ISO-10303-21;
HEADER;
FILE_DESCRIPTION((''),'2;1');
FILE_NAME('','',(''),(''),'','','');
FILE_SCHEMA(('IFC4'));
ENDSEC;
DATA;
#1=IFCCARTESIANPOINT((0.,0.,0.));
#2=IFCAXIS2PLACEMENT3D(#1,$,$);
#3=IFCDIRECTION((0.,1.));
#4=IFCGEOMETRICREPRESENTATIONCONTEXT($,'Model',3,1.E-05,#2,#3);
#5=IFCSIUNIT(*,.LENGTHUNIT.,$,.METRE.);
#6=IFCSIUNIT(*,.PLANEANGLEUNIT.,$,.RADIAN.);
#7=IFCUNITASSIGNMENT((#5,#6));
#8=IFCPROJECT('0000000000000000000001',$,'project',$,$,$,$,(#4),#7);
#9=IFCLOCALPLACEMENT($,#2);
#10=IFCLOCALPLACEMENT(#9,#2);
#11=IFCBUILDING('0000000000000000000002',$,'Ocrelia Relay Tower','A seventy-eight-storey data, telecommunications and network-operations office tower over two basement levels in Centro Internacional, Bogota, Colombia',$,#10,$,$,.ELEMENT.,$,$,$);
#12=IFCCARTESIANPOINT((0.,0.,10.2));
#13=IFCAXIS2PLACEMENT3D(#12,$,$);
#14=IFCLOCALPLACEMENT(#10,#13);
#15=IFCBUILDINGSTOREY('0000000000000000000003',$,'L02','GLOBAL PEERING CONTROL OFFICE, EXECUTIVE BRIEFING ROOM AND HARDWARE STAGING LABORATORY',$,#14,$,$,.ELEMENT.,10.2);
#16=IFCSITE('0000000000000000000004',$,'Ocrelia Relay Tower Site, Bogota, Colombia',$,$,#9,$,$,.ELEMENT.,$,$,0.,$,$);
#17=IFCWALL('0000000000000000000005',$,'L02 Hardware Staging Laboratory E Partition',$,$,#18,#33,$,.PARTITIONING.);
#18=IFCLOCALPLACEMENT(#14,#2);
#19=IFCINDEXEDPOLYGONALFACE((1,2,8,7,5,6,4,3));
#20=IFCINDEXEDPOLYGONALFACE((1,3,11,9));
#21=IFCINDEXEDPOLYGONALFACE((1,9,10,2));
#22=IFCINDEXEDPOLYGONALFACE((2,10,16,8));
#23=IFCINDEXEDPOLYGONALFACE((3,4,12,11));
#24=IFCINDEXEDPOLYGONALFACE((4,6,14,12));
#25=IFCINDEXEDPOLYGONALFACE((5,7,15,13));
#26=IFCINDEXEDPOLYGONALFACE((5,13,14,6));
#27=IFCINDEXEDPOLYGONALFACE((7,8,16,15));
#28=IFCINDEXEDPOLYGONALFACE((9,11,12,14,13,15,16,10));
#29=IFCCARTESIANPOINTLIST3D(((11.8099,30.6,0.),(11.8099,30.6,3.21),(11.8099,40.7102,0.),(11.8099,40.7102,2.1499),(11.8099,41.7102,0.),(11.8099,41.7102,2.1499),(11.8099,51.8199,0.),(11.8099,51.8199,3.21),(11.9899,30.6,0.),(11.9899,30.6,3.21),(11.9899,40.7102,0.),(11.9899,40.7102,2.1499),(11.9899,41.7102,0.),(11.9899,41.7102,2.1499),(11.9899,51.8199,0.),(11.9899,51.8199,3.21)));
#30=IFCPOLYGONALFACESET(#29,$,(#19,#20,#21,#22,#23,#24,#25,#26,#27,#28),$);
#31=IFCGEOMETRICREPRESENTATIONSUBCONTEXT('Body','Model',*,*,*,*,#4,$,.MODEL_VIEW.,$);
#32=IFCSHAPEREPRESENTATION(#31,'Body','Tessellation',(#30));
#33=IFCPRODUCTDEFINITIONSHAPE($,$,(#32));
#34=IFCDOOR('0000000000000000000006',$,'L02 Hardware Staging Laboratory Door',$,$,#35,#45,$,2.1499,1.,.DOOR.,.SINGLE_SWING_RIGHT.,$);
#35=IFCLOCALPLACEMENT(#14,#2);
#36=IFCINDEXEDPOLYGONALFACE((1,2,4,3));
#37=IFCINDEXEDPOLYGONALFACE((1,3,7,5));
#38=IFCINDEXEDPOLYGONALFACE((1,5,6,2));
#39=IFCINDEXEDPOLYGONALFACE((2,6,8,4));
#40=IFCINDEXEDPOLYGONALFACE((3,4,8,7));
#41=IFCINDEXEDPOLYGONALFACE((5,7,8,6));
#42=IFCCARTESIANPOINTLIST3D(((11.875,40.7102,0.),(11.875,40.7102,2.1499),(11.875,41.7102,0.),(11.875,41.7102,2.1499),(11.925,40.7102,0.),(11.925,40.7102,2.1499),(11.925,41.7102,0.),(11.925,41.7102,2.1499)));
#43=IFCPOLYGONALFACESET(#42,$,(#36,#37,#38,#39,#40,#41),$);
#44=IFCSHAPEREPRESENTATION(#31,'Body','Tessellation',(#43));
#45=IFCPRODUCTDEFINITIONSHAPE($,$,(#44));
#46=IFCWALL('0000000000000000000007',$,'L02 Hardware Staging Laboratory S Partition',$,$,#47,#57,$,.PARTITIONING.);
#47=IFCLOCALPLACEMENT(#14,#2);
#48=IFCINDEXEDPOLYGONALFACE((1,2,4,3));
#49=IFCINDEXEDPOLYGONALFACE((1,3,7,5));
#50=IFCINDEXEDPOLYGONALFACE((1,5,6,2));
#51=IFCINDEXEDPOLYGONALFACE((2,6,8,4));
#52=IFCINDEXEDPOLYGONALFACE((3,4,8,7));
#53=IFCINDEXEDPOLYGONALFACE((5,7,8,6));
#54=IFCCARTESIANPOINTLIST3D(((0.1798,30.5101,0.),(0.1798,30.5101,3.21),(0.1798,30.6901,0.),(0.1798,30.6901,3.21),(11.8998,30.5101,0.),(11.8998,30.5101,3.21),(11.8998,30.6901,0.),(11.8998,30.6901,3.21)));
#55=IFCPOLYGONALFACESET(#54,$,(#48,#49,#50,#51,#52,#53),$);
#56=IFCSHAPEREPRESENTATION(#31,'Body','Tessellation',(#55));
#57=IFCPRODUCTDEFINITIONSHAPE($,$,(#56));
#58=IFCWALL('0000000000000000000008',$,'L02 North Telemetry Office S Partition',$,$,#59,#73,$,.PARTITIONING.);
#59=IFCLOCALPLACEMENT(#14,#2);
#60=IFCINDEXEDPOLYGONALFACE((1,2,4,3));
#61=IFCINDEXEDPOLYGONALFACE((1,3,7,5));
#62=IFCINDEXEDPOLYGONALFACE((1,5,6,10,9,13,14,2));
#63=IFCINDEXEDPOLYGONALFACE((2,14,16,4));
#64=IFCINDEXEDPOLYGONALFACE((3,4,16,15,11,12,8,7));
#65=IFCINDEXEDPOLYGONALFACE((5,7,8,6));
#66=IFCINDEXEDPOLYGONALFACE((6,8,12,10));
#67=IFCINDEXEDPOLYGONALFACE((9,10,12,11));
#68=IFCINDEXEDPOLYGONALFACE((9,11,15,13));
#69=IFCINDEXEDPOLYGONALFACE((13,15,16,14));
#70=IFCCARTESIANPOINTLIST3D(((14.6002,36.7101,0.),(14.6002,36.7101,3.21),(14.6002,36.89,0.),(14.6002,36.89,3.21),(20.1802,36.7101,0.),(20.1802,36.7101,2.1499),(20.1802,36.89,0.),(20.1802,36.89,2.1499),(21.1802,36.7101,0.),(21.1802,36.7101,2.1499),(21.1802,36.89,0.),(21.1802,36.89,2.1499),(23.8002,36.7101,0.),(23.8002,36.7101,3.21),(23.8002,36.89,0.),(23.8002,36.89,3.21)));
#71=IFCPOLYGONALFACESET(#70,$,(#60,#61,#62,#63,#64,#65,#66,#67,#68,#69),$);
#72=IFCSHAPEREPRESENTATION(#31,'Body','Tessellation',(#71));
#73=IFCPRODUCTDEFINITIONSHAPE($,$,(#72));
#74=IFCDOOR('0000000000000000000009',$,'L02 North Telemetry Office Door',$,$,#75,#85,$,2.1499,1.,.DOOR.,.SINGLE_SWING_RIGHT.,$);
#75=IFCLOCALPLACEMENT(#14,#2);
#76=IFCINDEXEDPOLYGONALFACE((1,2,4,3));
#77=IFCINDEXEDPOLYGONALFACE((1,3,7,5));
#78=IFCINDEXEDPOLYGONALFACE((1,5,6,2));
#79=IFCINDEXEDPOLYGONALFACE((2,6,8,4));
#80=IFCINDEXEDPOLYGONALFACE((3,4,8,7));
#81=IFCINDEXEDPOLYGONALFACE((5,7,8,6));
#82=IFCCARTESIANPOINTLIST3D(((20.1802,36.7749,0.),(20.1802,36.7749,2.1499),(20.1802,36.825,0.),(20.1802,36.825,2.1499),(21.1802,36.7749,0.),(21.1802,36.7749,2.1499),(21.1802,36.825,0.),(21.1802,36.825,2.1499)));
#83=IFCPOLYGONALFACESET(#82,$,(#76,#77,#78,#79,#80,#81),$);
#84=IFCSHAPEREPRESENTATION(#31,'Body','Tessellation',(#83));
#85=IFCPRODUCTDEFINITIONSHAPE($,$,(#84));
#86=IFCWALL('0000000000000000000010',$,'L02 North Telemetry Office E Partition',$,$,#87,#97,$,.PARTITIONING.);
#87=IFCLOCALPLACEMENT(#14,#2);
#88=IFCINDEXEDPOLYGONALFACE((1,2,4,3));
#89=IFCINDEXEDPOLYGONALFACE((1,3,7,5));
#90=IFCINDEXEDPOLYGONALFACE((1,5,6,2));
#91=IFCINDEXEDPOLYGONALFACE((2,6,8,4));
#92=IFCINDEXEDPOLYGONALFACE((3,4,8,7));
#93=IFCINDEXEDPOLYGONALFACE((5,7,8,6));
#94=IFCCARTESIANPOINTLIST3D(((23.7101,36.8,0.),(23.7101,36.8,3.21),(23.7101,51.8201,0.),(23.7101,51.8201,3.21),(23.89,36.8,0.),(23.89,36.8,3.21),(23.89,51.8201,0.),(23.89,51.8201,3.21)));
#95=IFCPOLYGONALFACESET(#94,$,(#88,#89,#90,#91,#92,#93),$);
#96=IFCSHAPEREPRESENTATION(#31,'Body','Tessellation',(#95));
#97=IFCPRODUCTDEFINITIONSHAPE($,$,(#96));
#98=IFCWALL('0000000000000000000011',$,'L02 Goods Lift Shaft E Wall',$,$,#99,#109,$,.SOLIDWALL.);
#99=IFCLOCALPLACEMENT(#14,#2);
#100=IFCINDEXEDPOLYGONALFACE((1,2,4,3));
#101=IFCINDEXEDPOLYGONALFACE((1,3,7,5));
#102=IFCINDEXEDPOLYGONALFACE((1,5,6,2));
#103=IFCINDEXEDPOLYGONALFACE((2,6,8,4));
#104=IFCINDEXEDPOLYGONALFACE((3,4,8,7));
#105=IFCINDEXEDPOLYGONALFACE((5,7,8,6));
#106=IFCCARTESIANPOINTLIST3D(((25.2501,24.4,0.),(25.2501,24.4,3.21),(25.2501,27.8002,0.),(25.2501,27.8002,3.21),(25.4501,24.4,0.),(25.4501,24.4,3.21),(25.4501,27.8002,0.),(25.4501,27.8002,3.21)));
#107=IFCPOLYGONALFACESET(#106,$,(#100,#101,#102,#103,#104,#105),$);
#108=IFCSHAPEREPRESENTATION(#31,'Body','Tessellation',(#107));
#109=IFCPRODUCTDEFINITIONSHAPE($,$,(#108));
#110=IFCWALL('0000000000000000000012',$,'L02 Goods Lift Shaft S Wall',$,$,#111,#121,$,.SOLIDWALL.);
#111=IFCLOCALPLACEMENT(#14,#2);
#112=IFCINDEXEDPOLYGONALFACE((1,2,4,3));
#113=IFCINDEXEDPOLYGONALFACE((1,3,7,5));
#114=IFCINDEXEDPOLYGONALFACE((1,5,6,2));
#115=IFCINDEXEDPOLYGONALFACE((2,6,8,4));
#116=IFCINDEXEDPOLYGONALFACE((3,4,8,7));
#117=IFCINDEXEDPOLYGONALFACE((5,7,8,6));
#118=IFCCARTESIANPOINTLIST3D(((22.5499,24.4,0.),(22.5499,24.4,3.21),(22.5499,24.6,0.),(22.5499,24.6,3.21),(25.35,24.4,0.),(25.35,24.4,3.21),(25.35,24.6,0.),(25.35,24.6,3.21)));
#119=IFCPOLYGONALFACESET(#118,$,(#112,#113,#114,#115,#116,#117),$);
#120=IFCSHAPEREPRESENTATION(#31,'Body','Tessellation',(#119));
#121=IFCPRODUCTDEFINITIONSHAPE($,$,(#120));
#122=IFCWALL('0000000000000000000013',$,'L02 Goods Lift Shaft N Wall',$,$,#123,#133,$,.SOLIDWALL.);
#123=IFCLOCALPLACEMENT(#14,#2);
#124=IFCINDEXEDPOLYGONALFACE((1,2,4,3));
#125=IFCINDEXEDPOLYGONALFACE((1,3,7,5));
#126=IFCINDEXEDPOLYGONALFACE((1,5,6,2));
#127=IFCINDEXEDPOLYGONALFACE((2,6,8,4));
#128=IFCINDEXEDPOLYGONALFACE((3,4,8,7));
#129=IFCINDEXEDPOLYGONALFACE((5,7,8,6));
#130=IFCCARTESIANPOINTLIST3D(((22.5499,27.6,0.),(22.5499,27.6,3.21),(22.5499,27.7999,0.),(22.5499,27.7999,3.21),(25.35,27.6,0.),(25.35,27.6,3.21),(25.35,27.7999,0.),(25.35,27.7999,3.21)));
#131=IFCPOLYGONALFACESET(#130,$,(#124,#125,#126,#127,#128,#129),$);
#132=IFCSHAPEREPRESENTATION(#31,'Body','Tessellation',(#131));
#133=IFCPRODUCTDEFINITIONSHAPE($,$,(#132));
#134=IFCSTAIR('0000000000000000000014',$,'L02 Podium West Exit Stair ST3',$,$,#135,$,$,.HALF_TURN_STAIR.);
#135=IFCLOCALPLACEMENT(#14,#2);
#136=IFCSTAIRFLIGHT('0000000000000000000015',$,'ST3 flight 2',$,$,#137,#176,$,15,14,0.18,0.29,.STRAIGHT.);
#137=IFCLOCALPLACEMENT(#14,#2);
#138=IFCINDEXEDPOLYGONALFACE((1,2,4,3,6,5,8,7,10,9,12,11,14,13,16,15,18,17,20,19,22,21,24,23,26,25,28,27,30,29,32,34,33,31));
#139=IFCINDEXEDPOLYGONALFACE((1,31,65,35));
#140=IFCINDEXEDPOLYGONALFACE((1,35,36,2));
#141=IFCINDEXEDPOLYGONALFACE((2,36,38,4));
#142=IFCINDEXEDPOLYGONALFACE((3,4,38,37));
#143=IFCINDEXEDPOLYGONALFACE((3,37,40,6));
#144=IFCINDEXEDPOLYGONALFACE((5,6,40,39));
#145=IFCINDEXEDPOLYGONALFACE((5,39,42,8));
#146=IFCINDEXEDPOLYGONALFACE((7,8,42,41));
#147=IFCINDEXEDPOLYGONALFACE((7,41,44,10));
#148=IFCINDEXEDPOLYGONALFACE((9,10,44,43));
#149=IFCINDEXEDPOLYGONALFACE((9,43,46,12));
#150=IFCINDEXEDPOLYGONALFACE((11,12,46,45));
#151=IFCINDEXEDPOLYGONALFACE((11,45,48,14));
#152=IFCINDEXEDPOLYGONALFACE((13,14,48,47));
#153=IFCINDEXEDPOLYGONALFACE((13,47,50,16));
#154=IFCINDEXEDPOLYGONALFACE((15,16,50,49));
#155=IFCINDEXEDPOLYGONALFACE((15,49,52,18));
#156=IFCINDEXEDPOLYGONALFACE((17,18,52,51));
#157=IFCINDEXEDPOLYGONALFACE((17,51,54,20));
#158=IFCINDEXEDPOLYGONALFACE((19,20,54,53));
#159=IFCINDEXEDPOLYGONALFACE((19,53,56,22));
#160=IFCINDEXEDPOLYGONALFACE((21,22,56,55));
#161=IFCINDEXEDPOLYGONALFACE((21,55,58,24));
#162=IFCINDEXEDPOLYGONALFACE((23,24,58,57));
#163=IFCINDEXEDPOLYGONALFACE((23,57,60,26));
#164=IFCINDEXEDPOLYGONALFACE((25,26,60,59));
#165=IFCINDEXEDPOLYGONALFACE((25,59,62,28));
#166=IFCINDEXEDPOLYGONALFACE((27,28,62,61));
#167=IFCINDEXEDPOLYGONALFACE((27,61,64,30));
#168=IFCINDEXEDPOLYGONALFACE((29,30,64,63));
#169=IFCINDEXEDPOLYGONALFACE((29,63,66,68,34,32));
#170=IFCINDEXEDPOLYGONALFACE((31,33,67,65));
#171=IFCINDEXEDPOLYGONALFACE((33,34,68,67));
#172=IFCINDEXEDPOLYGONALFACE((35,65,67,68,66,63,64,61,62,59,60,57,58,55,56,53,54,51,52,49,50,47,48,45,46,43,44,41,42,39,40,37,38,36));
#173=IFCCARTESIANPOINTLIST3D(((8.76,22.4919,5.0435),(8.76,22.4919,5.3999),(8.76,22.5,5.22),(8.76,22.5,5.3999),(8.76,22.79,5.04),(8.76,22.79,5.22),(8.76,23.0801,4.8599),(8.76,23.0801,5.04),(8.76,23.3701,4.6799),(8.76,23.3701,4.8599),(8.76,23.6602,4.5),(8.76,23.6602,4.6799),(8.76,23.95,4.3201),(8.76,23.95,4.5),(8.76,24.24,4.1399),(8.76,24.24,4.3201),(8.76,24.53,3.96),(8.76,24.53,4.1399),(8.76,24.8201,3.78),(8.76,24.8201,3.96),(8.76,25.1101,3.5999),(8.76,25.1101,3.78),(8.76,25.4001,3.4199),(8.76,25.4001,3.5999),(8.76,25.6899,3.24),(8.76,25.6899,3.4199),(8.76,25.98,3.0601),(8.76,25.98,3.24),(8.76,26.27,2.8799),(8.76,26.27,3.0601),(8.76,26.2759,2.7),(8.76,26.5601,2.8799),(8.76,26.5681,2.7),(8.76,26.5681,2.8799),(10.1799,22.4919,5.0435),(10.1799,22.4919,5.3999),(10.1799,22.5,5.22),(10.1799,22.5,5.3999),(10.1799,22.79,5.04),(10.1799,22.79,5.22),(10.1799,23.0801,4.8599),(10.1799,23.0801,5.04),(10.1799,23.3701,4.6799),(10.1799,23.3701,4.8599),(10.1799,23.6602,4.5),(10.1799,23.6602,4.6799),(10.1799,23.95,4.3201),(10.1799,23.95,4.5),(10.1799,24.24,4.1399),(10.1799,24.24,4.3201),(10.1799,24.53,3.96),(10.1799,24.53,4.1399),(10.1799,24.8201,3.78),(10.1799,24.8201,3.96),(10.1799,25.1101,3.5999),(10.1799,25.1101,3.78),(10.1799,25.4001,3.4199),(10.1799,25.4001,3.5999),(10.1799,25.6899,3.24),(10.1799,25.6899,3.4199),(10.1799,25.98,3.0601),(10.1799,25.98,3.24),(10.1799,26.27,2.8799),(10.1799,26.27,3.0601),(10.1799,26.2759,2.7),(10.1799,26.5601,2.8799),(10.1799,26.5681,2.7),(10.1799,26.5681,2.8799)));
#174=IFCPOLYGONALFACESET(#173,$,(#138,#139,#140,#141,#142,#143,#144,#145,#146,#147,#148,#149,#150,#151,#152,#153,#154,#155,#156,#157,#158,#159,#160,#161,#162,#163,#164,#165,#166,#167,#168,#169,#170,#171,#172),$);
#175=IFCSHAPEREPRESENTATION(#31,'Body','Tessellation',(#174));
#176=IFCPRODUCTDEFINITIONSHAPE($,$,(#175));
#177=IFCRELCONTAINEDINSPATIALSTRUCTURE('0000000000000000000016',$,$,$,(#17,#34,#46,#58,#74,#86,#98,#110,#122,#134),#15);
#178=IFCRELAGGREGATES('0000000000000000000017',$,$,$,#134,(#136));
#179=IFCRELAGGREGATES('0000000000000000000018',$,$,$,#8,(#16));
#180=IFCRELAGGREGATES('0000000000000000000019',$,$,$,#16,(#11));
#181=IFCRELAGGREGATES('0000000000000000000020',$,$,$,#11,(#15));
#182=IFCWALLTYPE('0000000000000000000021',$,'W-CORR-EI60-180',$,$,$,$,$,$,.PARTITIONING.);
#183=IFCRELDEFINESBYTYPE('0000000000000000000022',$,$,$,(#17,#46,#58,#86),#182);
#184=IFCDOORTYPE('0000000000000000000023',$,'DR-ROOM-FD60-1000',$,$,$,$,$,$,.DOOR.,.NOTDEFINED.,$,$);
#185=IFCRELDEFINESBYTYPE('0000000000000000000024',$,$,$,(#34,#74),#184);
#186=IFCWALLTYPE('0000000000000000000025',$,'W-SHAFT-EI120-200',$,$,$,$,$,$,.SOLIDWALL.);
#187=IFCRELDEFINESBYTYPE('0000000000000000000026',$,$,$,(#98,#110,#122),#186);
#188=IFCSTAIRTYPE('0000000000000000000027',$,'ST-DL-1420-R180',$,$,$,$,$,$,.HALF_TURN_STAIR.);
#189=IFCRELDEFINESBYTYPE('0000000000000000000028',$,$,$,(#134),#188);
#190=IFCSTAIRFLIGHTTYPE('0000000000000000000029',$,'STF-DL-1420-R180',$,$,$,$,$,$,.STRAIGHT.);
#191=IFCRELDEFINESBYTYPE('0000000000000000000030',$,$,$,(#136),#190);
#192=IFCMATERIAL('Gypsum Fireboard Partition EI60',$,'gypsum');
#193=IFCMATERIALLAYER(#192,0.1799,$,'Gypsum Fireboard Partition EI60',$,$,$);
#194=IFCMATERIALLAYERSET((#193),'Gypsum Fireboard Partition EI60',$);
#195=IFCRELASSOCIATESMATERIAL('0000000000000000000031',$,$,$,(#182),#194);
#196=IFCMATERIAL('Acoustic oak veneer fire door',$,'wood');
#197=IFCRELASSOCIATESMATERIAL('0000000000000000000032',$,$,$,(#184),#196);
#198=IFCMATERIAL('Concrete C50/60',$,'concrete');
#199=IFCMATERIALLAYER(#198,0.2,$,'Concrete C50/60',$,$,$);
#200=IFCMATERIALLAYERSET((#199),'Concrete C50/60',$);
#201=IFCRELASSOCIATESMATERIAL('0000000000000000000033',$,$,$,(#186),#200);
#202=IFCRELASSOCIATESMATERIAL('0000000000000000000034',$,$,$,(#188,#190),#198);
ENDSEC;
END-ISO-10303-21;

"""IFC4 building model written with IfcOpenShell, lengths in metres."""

from ifc_helpers import new_model, si_unit, direction, frame, frame_2d, origin, place, context, subcontext, project, spatial, polyline, rectangle, outline, extrude, material, layer, layer_set, type_object, element, fill, aggregate, save


model = new_model("IFC4")

# Units and contexts
model_context = context("Model", 3, precision=1e-05, world=origin(), true_north=direction((0.0, 1.0)))
body_context = subcontext(model_context, "Body", "Model", "MODEL_VIEW")
ifc_project = project(units=[si_unit("LENGTHUNIT", "METRE"), si_unit("PLANEANGLEUNIT", "RADIAN")], contexts=[model_context])

# Site, building, storey
site_placement = place(None, origin())
site = spatial("IfcSite", under=ifc_project, at=site_placement, Name="Ocrelia Relay Tower Site, Bogota, Colombia", CompositionType="ELEMENT", RefElevation=0.0)
building_placement = place(site_placement, origin())
building = spatial("IfcBuilding", under=site, at=building_placement, Name="Ocrelia Relay Tower", Description="A seventy-eight-storey data, telecommunications and network-operations office tower over two basement levels in Centro Internacional, Bogota, Colombia", CompositionType="ELEMENT")
storey_placement = place(building_placement, frame((0.0, 0.0, 10.2)))
storey = spatial("IfcBuildingStorey", under=building, at=storey_placement, Name="L02", Description="GLOBAL PEERING CONTROL OFFICE, EXECUTIVE BRIEFING ROOM AND HARDWARE STAGING LABORATORY", CompositionType="ELEMENT", Elevation=10.2)

# Shared definitions
ifc_material_1 = material(Name="Concrete C50/60", Category="concrete")

# Wall, opening, door
ifc_material_2 = material(Name="Gypsum Fireboard Partition EI60", Category="gypsum")
ifc_layer_1 = layer(ifc_material_2, 0.1799, Name="Gypsum Fireboard Partition EI60")
ifc_layer_set_1 = layer_set([ifc_layer_1], Name="Gypsum Fireboard Partition EI60")
wall_type_1 = type_object("IfcWallType", Name="W-CORR-EI60-180", PredefinedType="PARTITIONING", material=ifc_layer_set_1)
wall_1_placement = place(storey_placement, frame((11.8999, 30.6001, 0.0), z_axis=(0.0, 0.0, 1.0), x_axis=(0.0, 1.0, 0.0)))
wall_1 = element("IfcWall", 1, at=wall_1_placement, inside=storey, type_object=wall_type_1, Name="L02 Hardware Staging Laboratory E Partition", PredefinedType="PARTITIONING", context=body_context, shape_type="SweptSolid", body=[
    extrude(rectangle(XDim=21.22, YDim=0.1799, at=frame_2d((10.6099, 0.0))), origin(), (0.0, 0.0, 1.0), 3.21),
])
opening_1_placement = place(wall_1_placement, frame((10.1101, 0.0, 0.0)))
opening_1 = element("IfcOpeningElement", 2, at=opening_1_placement, cuts=wall_1, PredefinedType="OPENING", context=body_context, shape_type="SweptSolid", body=[
    extrude(rectangle(XDim=1.0, YDim=2.1499, at=frame_2d((0.5, 1.075))), frame((0.0, 0.1001, 0.0), z_axis=(0.0, -1.0, 0.0), x_axis=(1.0, 0.0, 0.0)), (0.0, 0.0, 1.0), 0.2),
])
ifc_material_3 = material(Name="Acoustic oak veneer fire door", Category="wood")
door_type_1 = type_object("IfcDoorType", Name="DR-ROOM-FD60-1000", OperationType="NOTDEFINED", PredefinedType="DOOR", material=ifc_material_3)
door_1_placement = place(opening_1_placement, origin())
door_1 = element("IfcDoor", 3, at=door_1_placement, inside=storey, type_object=door_type_1, Name="L02 Hardware Staging Laboratory Door", OperationType="SINGLE_SWING_RIGHT", OverallHeight=2.1499, OverallWidth=1.0, PredefinedType="DOOR", context=body_context, shape_type="SweptSolid", body=[
    extrude(rectangle(XDim=1.0, YDim=2.1499, at=frame_2d((0.5, 1.075))), frame((0.0, 0.0249, 0.0), z_axis=(0.0, -1.0, 0.0), x_axis=(1.0, 0.0, 0.0)), (0.0, 0.0, 1.0), 0.05),
])
fill(opening_1, door_1)

# Wall
wall_2_placement = place(storey_placement, frame((0.1799, 30.6001, 0.0), z_axis=(0.0, 0.0, 1.0), x_axis=(1.0, 0.0, 0.0)))
element("IfcWall", 4, at=wall_2_placement, inside=storey, type_object=wall_type_1, Name="L02 Hardware Staging Laboratory S Partition", PredefinedType="PARTITIONING", context=body_context, shape_type="SweptSolid", body=[
    extrude(rectangle(XDim=11.72, YDim=0.1799, at=frame_2d((5.8599, 0.0))), origin(), (0.0, 0.0, 1.0), 3.21),
])

# Wall, opening, door
wall_3_placement = place(storey_placement, frame((14.6001, 36.8, 0.0), z_axis=(0.0, 0.0, 1.0), x_axis=(1.0, 0.0, 0.0)))
wall_3 = element("IfcWall", 5, at=wall_3_placement, inside=storey, type_object=wall_type_1, Name="L02 North Telemetry Office S Partition", PredefinedType="PARTITIONING", context=body_context, shape_type="SweptSolid", body=[
    extrude(rectangle(XDim=9.2, YDim=0.1799, at=frame_2d((4.6001, 0.0))), origin(), (0.0, 0.0, 1.0), 3.21),
])
opening_2_placement = place(wall_3_placement, frame((5.5801, 0.0, 0.0)))
opening_2 = element("IfcOpeningElement", 6, at=opening_2_placement, cuts=wall_3, PredefinedType="OPENING", context=body_context, shape_type="SweptSolid", body=[
    extrude(rectangle(XDim=1.0, YDim=2.1499, at=frame_2d((0.5, 1.075))), frame((0.0, 0.1001, 0.0), z_axis=(0.0, -1.0, 0.0), x_axis=(1.0, 0.0, 0.0)), (0.0, 0.0, 1.0), 0.2),
])
door_2_placement = place(opening_2_placement, origin())
door_2 = element("IfcDoor", 7, at=door_2_placement, inside=storey, type_object=door_type_1, Name="L02 North Telemetry Office Door", OperationType="SINGLE_SWING_RIGHT", OverallHeight=2.1499, OverallWidth=1.0, PredefinedType="DOOR", context=body_context, shape_type="SweptSolid", body=[
    extrude(rectangle(XDim=1.0, YDim=2.1499, at=frame_2d((0.5, 1.075))), frame((0.0, 0.0249, 0.0), z_axis=(0.0, -1.0, 0.0), x_axis=(1.0, 0.0, 0.0)), (0.0, 0.0, 1.0), 0.05),
])
fill(opening_2, door_2)

# Wall
wall_4_placement = place(storey_placement, frame((23.8, 36.8, 0.0), z_axis=(0.0, 0.0, 1.0), x_axis=(0.0, 1.0, 0.0)))
element("IfcWall", 8, at=wall_4_placement, inside=storey, type_object=wall_type_1, Name="L02 North Telemetry Office E Partition", PredefinedType="PARTITIONING", context=body_context, shape_type="SweptSolid", body=[
    extrude(rectangle(XDim=15.02, YDim=0.1799, at=frame_2d((7.51, 0.0))), origin(), (0.0, 0.0, 1.0), 3.21),
])

# Shared definitions
ifc_layer_2 = layer(ifc_material_1, 0.2, Name="Concrete C50/60")
ifc_layer_set_2 = layer_set([ifc_layer_2], Name="Concrete C50/60")
wall_type_2 = type_object("IfcWallType", Name="W-SHAFT-EI120-200", PredefinedType="SOLIDWALL", material=ifc_layer_set_2)

# Walls
wall_5_placement = place(storey_placement, frame((25.3501, 24.3999, 0.0), z_axis=(0.0, 0.0, 1.0), x_axis=(0.0, 1.0, 0.0)))
element("IfcWall", 9, at=wall_5_placement, inside=storey, type_object=wall_type_2, Name="L02 Goods Lift Shaft E Wall", PredefinedType="SOLIDWALL", context=body_context, shape_type="SweptSolid", body=[
    extrude(rectangle(XDim=3.4001, YDim=0.2, at=frame_2d((1.7002, 0.0))), origin(), (0.0, 0.0, 1.0), 3.21),
])
for number, where, z_axis, x_axis, name in (
    (10, (22.55, 24.5, 0.0), (0.0, 0.0, 1.0), (1.0, 0.0, 0.0), "L02 Goods Lift Shaft S Wall"),
    (11, (22.55, 27.7, 0.0), (0.0, 0.0, 1.0), (1.0, 0.0, 0.0), "L02 Goods Lift Shaft N Wall"),
):
    element("IfcWall", number, at=place(storey_placement, frame(where, z_axis=z_axis, x_axis=x_axis)), inside=storey, type_object=wall_type_2, Name=name, PredefinedType="SOLIDWALL", context=body_context, shape_type="SweptSolid", body=[
        extrude(rectangle(XDim=2.8, YDim=0.2, at=frame_2d((1.3999, 0.0))), origin(), (0.0, 0.0, 1.0), 3.21),
    ])

# Stair, stair flight
stair_type = type_object("IfcStairType", Name="ST-DL-1420-R180", PredefinedType="HALF_TURN_STAIR", material=ifc_material_1)
stair_placement = place(storey_placement, origin())
stair = element("IfcStair", 12, at=stair_placement, inside=storey, type_object=stair_type, Name="L02 Podium West Exit Stair ST3", PredefinedType="HALF_TURN_STAIR")
stair_flight_type = type_object("IfcStairFlightType", Name="STF-DL-1420-R180", PredefinedType="STRAIGHT", material=ifc_material_1)
stair_flight_placement = place(storey_placement, frame((9.47, 26.5601, 2.7), z_axis=(0.0, 0.0, 1.0), x_axis=(0.0, -1.0, 0.0)))
stair_flight = element("IfcStairFlight", 13, at=stair_flight_placement, type_object=stair_flight_type, Name="ST3 flight 2", NumberOfRisers=15, NumberOfTreads=14, PredefinedType="STRAIGHT", RiserHeight=0.18, TreadLength=0.29, context=body_context, shape_type="SweptSolid", body=[
    extrude(outline(polyline([(-0.0081, 0.0), (-0.0081, 0.1799), (0.0, 0.1799), (0.29, 0.1799), (0.29, 0.3601), (0.5801, 0.3601), (0.5801, 0.54), (0.8701, 0.54), (0.8701, 0.72), (1.1599, 0.72), (1.1599, 0.8999), (1.45, 0.8999), (1.45, 1.0801), (1.74, 1.0801), (1.74, 1.26), (2.03, 1.26), (2.03, 1.4399), (2.3201, 1.4399), (2.3201, 1.6201), (2.6101, 1.6201), (2.6101, 1.8), (2.8999, 1.8), (2.8999, 1.98), (3.1899, 1.98), (3.1899, 2.1599), (3.48, 2.1599), (3.48, 2.3401), (3.77, 2.3401), (3.77, 2.52), (4.0601, 2.52), (4.0601, 2.7), (4.0681, 2.7), (4.0681, 2.3435), (0.2842, 0.0), (-0.0081, 0.0)])), frame((0.0, 0.71, 0.0), z_axis=(0.0, -1.0, 0.0), x_axis=(1.0, 0.0, 0.0)), (0.0, 0.0, 1.0), 1.4199),
])
aggregate(stair, [stair_flight])

save(model, "model.ifc")
